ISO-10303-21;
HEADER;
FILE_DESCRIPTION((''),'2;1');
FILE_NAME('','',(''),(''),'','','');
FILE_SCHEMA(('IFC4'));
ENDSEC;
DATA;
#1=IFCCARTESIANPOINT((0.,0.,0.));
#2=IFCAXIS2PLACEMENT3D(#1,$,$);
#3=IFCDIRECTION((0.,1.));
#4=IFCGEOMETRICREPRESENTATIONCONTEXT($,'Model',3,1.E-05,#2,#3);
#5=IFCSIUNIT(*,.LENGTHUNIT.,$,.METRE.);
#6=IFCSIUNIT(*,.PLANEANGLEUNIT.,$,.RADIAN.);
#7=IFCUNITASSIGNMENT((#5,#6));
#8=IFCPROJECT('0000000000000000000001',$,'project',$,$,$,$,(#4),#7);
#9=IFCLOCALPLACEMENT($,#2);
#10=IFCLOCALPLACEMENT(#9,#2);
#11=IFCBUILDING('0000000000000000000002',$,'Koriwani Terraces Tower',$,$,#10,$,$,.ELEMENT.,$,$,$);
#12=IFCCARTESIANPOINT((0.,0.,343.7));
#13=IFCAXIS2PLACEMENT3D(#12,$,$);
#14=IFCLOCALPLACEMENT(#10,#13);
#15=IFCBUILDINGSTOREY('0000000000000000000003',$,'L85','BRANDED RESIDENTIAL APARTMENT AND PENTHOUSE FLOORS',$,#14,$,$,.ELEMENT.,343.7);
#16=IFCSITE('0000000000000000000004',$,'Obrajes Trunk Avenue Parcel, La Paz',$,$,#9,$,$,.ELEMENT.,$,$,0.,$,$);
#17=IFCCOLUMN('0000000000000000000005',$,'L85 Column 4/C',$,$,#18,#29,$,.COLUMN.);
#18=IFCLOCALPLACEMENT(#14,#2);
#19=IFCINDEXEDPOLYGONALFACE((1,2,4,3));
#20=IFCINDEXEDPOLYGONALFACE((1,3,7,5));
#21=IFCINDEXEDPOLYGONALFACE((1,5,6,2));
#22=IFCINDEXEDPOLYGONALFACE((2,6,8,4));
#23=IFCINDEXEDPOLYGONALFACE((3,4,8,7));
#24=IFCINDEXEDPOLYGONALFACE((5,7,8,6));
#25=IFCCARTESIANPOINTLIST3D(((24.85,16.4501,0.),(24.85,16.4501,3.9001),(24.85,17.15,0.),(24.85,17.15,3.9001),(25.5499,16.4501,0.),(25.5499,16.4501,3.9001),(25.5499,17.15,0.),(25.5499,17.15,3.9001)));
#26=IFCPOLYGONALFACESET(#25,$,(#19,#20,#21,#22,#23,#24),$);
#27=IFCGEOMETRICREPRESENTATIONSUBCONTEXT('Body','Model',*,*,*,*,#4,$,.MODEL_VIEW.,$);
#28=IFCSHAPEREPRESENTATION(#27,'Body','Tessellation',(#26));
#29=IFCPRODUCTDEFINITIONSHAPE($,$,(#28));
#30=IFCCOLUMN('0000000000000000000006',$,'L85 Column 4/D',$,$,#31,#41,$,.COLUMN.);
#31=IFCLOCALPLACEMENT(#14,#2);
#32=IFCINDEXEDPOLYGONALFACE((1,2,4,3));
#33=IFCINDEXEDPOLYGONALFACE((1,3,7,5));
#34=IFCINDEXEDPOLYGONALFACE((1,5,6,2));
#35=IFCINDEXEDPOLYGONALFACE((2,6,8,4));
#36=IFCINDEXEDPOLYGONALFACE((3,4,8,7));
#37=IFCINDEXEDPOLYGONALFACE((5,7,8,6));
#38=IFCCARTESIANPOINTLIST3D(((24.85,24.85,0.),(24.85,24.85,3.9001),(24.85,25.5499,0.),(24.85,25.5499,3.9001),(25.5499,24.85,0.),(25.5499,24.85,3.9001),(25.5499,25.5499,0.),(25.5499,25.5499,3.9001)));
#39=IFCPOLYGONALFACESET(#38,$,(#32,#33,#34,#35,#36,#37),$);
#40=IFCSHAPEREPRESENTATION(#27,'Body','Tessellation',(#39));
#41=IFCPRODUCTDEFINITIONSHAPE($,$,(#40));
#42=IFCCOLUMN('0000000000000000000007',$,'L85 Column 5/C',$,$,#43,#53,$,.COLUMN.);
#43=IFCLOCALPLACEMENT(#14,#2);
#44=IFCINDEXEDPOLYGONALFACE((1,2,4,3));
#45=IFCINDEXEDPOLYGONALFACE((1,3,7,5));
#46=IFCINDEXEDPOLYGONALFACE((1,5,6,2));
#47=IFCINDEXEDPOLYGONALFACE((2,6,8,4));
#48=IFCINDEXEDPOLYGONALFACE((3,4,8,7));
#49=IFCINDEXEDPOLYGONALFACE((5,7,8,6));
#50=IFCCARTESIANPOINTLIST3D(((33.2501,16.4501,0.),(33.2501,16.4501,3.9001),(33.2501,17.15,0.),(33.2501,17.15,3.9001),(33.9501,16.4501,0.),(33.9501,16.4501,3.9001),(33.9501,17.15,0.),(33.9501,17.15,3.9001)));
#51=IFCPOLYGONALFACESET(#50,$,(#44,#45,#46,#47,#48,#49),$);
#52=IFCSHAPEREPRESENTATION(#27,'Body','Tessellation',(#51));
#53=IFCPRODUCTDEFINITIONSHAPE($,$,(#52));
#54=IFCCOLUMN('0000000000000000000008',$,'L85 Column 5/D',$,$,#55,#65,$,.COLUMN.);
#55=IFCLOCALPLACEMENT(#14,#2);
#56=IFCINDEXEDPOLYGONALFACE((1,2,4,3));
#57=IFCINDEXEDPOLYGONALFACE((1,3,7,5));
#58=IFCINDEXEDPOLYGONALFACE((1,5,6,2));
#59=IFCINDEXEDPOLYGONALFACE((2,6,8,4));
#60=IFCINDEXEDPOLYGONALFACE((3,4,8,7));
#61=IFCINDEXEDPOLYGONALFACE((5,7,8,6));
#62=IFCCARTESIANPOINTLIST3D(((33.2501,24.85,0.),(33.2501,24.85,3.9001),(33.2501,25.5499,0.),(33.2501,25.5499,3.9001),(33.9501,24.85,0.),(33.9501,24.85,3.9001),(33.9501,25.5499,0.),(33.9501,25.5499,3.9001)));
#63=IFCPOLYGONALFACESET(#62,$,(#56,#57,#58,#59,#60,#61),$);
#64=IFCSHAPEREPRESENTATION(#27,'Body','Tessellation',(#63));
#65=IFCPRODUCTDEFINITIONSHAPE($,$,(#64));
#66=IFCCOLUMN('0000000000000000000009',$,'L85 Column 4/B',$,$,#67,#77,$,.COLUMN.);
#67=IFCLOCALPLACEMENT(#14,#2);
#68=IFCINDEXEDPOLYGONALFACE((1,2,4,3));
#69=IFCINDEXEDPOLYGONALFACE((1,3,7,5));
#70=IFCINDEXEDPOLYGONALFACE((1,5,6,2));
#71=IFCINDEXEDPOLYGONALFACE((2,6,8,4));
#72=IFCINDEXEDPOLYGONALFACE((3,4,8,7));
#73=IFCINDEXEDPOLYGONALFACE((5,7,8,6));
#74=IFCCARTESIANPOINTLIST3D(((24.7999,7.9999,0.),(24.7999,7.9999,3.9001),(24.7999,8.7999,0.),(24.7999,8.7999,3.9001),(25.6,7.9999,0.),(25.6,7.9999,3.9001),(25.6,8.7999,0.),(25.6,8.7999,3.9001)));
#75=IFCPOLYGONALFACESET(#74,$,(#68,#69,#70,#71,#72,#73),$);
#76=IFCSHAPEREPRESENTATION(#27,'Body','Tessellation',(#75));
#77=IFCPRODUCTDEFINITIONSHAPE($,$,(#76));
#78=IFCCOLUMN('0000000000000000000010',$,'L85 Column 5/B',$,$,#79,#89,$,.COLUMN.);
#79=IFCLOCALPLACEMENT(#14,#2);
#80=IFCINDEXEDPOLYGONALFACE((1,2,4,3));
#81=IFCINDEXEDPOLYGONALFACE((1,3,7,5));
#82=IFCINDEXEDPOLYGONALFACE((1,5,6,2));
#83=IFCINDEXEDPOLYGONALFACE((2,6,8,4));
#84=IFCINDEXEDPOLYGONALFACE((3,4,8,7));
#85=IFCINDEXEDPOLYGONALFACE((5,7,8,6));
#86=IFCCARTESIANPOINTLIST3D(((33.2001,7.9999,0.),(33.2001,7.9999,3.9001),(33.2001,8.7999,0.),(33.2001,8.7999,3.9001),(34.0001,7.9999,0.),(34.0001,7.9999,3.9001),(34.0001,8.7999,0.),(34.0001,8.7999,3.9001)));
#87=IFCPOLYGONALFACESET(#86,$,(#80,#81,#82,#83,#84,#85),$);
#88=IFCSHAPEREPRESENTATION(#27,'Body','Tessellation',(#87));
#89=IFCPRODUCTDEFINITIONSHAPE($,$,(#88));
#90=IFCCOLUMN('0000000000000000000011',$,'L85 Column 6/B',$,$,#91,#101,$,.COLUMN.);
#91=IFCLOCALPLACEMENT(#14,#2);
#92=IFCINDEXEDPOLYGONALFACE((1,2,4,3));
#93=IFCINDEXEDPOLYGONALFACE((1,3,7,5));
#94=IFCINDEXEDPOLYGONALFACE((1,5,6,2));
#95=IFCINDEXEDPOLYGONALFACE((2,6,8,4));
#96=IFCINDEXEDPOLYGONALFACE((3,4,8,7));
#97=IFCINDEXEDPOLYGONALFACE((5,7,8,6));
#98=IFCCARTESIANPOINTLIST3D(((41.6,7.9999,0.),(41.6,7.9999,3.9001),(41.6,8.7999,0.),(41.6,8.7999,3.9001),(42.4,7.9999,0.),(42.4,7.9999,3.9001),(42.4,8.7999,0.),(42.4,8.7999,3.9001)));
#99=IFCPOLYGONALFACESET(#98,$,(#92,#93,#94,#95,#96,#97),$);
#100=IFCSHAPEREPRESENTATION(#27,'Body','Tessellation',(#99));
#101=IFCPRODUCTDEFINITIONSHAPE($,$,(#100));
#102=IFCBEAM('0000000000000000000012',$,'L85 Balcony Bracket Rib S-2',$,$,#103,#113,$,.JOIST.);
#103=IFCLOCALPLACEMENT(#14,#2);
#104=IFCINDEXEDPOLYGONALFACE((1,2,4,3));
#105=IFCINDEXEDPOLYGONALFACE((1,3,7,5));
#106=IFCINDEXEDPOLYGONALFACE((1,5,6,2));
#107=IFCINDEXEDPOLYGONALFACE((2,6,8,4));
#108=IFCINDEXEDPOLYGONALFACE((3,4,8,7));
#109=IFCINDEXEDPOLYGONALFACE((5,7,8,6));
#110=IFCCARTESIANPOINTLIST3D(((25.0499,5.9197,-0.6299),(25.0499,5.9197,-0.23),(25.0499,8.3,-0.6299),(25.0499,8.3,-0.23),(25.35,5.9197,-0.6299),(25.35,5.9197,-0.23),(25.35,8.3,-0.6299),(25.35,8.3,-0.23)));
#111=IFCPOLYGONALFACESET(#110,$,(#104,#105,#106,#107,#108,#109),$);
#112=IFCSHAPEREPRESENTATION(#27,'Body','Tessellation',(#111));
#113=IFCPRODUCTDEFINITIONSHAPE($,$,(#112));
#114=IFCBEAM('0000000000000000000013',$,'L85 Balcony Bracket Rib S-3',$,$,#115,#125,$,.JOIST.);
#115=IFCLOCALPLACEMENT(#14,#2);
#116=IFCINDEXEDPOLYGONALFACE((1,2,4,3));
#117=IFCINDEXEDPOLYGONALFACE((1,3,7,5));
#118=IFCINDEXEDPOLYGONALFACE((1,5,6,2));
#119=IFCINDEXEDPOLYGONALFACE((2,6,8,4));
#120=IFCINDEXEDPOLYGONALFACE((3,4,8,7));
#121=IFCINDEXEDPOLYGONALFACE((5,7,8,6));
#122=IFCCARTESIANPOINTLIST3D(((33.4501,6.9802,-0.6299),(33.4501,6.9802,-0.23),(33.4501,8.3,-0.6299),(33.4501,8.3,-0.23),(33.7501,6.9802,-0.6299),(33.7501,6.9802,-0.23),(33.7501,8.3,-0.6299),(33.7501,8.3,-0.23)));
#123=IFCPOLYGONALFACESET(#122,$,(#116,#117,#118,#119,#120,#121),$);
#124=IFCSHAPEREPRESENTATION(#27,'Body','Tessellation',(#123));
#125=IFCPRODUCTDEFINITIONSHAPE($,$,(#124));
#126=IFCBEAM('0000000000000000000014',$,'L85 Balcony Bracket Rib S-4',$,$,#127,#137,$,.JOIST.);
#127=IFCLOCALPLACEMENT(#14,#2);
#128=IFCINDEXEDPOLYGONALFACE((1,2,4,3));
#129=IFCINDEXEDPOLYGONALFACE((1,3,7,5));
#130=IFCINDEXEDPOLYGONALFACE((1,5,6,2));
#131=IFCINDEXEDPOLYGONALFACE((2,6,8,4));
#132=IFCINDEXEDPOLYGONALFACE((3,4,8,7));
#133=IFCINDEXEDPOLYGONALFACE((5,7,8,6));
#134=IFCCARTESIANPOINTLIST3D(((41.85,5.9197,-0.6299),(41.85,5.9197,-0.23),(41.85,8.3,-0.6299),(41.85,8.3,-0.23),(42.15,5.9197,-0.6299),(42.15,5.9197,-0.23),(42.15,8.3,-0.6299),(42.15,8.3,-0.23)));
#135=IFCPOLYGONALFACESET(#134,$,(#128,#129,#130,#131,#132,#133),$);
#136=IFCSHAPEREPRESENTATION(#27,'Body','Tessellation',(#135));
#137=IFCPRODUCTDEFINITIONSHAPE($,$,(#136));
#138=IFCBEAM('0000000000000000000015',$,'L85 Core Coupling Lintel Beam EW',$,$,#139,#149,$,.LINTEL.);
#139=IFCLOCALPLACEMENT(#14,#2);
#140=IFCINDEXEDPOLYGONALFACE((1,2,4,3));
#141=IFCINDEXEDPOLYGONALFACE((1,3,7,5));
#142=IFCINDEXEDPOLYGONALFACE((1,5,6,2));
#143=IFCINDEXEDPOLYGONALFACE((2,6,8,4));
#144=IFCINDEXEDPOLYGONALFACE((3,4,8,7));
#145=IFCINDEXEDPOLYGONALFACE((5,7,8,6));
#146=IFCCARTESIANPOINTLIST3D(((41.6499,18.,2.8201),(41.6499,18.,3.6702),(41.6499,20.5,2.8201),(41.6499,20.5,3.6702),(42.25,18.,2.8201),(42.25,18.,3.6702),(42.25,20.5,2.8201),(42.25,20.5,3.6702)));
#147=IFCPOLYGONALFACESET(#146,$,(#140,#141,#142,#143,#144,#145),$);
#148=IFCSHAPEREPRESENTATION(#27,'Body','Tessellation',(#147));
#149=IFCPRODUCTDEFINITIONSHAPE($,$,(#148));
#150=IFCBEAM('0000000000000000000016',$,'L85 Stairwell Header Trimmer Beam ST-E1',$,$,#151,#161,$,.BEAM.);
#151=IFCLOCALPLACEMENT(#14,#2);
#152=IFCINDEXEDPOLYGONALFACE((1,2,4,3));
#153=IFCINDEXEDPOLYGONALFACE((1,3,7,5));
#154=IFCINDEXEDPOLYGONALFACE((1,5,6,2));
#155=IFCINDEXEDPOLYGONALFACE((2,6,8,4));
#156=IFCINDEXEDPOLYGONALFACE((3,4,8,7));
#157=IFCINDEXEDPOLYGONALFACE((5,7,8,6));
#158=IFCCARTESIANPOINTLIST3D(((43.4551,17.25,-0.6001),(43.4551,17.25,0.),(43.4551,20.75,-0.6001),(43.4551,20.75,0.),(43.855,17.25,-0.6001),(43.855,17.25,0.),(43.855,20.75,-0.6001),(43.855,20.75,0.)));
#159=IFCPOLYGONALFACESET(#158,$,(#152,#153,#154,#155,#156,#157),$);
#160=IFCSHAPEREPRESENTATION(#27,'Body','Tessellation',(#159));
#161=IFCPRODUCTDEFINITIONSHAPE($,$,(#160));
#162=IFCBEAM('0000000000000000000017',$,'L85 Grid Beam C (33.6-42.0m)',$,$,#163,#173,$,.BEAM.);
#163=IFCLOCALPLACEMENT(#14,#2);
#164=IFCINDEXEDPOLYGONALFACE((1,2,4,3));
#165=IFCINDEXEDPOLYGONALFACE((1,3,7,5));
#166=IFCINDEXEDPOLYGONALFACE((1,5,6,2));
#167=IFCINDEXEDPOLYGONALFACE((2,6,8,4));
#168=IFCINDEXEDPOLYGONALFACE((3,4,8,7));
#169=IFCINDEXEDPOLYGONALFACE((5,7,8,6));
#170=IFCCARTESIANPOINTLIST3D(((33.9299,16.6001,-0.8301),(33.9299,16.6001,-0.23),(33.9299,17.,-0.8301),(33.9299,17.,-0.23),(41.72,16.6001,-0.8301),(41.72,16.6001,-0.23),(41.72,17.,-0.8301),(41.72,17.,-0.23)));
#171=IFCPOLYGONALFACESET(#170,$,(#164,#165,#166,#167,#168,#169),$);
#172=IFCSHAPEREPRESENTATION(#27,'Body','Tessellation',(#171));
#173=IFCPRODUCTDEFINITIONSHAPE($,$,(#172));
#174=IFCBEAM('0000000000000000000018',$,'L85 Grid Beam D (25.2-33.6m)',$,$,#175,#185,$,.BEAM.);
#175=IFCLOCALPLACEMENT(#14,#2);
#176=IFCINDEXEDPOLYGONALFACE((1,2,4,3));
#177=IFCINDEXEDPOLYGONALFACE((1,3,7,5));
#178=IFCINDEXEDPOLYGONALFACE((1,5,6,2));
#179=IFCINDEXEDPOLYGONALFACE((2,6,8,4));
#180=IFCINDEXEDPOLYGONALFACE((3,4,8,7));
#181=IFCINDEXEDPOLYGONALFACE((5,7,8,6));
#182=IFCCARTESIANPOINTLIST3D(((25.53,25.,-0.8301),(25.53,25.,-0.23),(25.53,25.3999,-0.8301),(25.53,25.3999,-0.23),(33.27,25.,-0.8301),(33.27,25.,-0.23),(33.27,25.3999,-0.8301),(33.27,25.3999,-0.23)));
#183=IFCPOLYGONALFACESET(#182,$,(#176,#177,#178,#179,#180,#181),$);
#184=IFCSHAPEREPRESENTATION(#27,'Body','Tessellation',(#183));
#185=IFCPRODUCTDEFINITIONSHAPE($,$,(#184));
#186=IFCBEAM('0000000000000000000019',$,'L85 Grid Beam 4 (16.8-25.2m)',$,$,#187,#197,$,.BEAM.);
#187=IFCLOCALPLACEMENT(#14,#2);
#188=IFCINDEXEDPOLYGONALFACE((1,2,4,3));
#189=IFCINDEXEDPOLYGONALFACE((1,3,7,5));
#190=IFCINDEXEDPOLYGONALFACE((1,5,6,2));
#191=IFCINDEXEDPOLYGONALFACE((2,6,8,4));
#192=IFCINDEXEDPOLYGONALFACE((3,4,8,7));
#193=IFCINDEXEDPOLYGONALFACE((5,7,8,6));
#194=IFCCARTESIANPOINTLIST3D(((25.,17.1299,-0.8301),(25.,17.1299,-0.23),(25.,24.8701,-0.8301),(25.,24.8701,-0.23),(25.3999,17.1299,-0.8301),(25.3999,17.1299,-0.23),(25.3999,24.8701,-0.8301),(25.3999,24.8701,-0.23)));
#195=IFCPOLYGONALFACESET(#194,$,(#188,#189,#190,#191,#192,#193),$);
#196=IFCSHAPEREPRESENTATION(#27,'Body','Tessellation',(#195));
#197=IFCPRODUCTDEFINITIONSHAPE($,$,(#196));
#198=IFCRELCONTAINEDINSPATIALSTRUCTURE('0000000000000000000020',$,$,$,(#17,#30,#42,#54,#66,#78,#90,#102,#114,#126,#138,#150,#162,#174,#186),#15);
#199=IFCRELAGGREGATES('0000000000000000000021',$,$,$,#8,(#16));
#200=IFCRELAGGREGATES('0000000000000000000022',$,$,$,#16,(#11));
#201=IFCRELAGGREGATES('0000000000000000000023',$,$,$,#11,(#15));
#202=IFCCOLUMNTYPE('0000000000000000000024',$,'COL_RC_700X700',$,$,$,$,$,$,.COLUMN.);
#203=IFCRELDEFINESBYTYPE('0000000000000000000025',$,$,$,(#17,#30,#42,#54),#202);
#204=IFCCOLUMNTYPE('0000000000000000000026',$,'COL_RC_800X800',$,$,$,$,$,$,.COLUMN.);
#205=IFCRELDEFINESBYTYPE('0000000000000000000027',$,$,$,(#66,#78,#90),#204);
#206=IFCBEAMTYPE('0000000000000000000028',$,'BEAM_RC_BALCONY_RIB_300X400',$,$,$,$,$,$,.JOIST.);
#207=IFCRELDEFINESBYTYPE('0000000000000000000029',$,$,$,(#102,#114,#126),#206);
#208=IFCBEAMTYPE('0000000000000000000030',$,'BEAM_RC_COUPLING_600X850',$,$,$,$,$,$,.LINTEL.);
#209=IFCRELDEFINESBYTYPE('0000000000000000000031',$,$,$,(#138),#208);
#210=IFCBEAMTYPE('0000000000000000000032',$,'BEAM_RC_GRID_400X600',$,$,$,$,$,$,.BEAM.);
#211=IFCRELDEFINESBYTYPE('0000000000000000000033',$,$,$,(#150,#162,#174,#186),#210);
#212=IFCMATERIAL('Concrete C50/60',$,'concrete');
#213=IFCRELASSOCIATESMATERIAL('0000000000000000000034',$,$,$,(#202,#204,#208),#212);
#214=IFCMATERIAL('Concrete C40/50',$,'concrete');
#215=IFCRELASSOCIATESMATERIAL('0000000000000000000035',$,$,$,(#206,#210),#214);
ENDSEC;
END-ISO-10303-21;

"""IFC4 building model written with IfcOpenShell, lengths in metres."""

from ifc_helpers import new_model, si_unit, direction, frame, origin, origin_2d, place, context, subcontext, project, spatial, rectangle, extrude, material, material_profile, profile_set, type_object, element, save


model = new_model("IFC4")

# Units and contexts
model_context = context("Model", 3, precision=1e-05, world=origin(), true_north=direction((0.0, 1.0)))
body_context = subcontext(model_context, "Body", "Model", "MODEL_VIEW")
ifc_project = project(units=[si_unit("LENGTHUNIT", "METRE"), si_unit("PLANEANGLEUNIT", "RADIAN")], contexts=[model_context])

# Site, building, storey
site_placement = place(None, origin())
site = spatial("IfcSite", under=ifc_project, at=site_placement, Name="Obrajes Trunk Avenue Parcel, La Paz", CompositionType="ELEMENT", RefElevation=0.0)
building_placement = place(site_placement, origin())
building = spatial("IfcBuilding", under=site, at=building_placement, Name="Koriwani Terraces Tower", CompositionType="ELEMENT")
storey_placement = place(building_placement, frame((0.0, 0.0, 343.7)))
storey = spatial("IfcBuildingStorey", under=building, at=storey_placement, Name="L85", Description="BRANDED RESIDENTIAL APARTMENT AND PENTHOUSE FLOORS", CompositionType="ELEMENT", Elevation=343.7)

# Columns
ifc_material_1 = material(Name="Concrete C50/60", Category="concrete")
ifc_material_profile_1 = material_profile(ifc_material_1, rectangle(XDim=0.7, YDim=0.7, at=origin_2d()), Name="Concrete C50/60", Category="LoadBearing")
ifc_profile_set_1 = profile_set([ifc_material_profile_1], Name="Concrete C50/60")
column_type_1 = type_object("IfcColumnType", Name="COL_RC_700X700", PredefinedType="COLUMN", material=ifc_profile_set_1)
for number, where, z_axis, x_axis, name in (
    (1, (25.2, 16.8, 0.0), (0.0, 0.0, 1.0), (1.0, 0.0, 0.0), "L85 Column 4/C"),
    (2, (25.2, 25.2, 0.0), (0.0, 0.0, 1.0), (1.0, 0.0, 0.0), "L85 Column 4/D"),
    (3, (33.6001, 16.8, 0.0), (0.0, 0.0, 1.0), (1.0, 0.0, 0.0), "L85 Column 5/C"),
    (4, (33.6001, 25.2, 0.0), (0.0, 0.0, 1.0), (1.0, 0.0, 0.0), "L85 Column 5/D"),
):
    element("IfcColumn", number, at=place(storey_placement, frame(where, z_axis=z_axis, x_axis=x_axis)), inside=storey, type_object=column_type_1, Name=name, PredefinedType="COLUMN", context=body_context, shape_type="SweptSolid", body=[
        extrude(rectangle(XDim=0.7, YDim=0.7, at=origin_2d()), origin(), (0.0, 0.0, 1.0), 3.9001),
    ])
ifc_material_profile_2 = material_profile(ifc_material_1, rectangle(XDim=0.8, YDim=0.8, at=origin_2d()), Name="Concrete C50/60", Category="LoadBearing")
ifc_profile_set_2 = profile_set([ifc_material_profile_2], Name="Concrete C50/60")
column_type_2 = type_object("IfcColumnType", Name="COL_RC_800X800", PredefinedType="COLUMN", material=ifc_profile_set_2)
for number, where, z_axis, x_axis, name in (
    (5, (25.2, 8.3999, 0.0), (0.0, 0.0, 1.0), (1.0, 0.0, 0.0), "L85 Column 4/B"),
    (6, (33.6001, 8.3999, 0.0), (0.0, 0.0, 1.0), (1.0, 0.0, 0.0), "L85 Column 5/B"),
    (7, (42.0, 8.3999, 0.0), (0.0, 0.0, 1.0), (1.0, 0.0, 0.0), "L85 Column 6/B"),
):
    element("IfcColumn", number, at=place(storey_placement, frame(where, z_axis=z_axis, x_axis=x_axis)), inside=storey, type_object=column_type_2, Name=name, PredefinedType="COLUMN", context=body_context, shape_type="SweptSolid", body=[
        extrude(rectangle(XDim=0.8, YDim=0.8, at=origin_2d()), origin(), (0.0, 0.0, 1.0), 3.9001),
    ])

# Beams
ifc_material_2 = material(Name="Concrete C40/50", Category="concrete")
ifc_material_profile_3 = material_profile(ifc_material_2, rectangle(XDim=0.3, YDim=0.3999, at=origin_2d()), Name="Concrete C40/50", Category="LoadBearing")
ifc_profile_set_3 = profile_set([ifc_material_profile_3], Name="Concrete C40/50")
beam_type_1 = type_object("IfcBeamType", Name="BEAM_RC_BALCONY_RIB_300X400", PredefinedType="JOIST", material=ifc_profile_set_3)
beam_1_placement = place(storey_placement, frame((25.2, 5.9197, -0.4299), z_axis=(0.0, 1.0, 0.0), x_axis=(-1.0, 0.0, 0.0)))
element("IfcBeam", 8, at=beam_1_placement, inside=storey, type_object=beam_type_1, Name="L85 Balcony Bracket Rib S-2", PredefinedType="JOIST", context=body_context, shape_type="SweptSolid", body=[
    extrude(rectangle(XDim=0.3, YDim=0.3999, at=origin_2d()), origin(), (0.0, 0.0, 1.0), 2.3804),
])
beam_2_placement = place(storey_placement, frame((33.6001, 6.9802, -0.4299), z_axis=(0.0, 1.0, 0.0), x_axis=(-1.0, 0.0, 0.0)))
element("IfcBeam", 9, at=beam_2_placement, inside=storey, type_object=beam_type_1, Name="L85 Balcony Bracket Rib S-3", PredefinedType="JOIST", context=body_context, shape_type="SweptSolid", body=[
    extrude(rectangle(XDim=0.3, YDim=0.3999, at=origin_2d()), origin(), (0.0, 0.0, 1.0), 1.3198),
])
beam_3_placement = place(storey_placement, frame((42.0, 5.9197, -0.4299), z_axis=(0.0, 1.0, 0.0), x_axis=(-1.0, 0.0, 0.0)))
element("IfcBeam", 10, at=beam_3_placement, inside=storey, type_object=beam_type_1, Name="L85 Balcony Bracket Rib S-4", PredefinedType="JOIST", context=body_context, shape_type="SweptSolid", body=[
    extrude(rectangle(XDim=0.3, YDim=0.3999, at=origin_2d()), origin(), (0.0, 0.0, 1.0), 2.3804),
])
ifc_material_profile_4 = material_profile(ifc_material_1, rectangle(XDim=0.6001, YDim=0.8501, at=origin_2d()), Name="Concrete C50/60", Category="LoadBearing")
ifc_profile_set_4 = profile_set([ifc_material_profile_4], Name="Concrete C50/60")
beam_type_2 = type_object("IfcBeamType", Name="BEAM_RC_COUPLING_600X850", PredefinedType="LINTEL", material=ifc_profile_set_4)
beam_4_placement = place(storey_placement, frame((41.95, 18.0, 3.2451), z_axis=(0.0, 1.0, 0.0), x_axis=(-1.0, 0.0, 0.0)))
element("IfcBeam", 11, at=beam_4_placement, inside=storey, type_object=beam_type_2, Name="L85 Core Coupling Lintel Beam EW", PredefinedType="LINTEL", context=body_context, shape_type="SweptSolid", body=[
    extrude(rectangle(XDim=0.6001, YDim=0.8501, at=origin_2d()), origin(), (0.0, 0.0, 1.0), 2.5),
])
ifc_material_profile_5 = material_profile(ifc_material_2, rectangle(XDim=0.3999, YDim=0.6001, at=origin_2d()), Name="Concrete C40/50", Category="LoadBearing")
ifc_profile_set_5 = profile_set([ifc_material_profile_5], Name="Concrete C40/50")
beam_type_3 = type_object("IfcBeamType", Name="BEAM_RC_GRID_400X600", PredefinedType="BEAM", material=ifc_profile_set_5)
beam_5_placement = place(storey_placement, frame((43.655, 17.25, -0.3), z_axis=(0.0, 1.0, 0.0), x_axis=(-1.0, 0.0, 0.0)))
element("IfcBeam", 12, at=beam_5_placement, inside=storey, type_object=beam_type_3, Name="L85 Stairwell Header Trimmer Beam ST-E1", PredefinedType="BEAM", context=body_context, shape_type="SweptSolid", body=[
    extrude(rectangle(XDim=0.3999, YDim=0.6001, at=origin_2d()), origin(), (0.0, 0.0, 1.0), 3.5),
])
beam_6_placement = place(storey_placement, frame((33.9299, 16.8, -0.53), z_axis=(1.0, 0.0, 0.0), x_axis=(0.0, 1.0, 0.0)))
element("IfcBeam", 13, at=beam_6_placement, inside=storey, type_object=beam_type_3, Name="L85 Grid Beam C (33.6-42.0m)", PredefinedType="BEAM", context=body_context, shape_type="SweptSolid", body=[
    extrude(rectangle(XDim=0.3999, YDim=0.6001, at=origin_2d()), origin(), (0.0, 0.0, 1.0), 7.79),
])
beam_7_placement = place(storey_placement, frame((25.53, 25.2, -0.53), z_axis=(1.0, 0.0, 0.0), x_axis=(0.0, 1.0, 0.0)))
element("IfcBeam", 14, at=beam_7_placement, inside=storey, type_object=beam_type_3, Name="L85 Grid Beam D (25.2-33.6m)", PredefinedType="BEAM", context=body_context, shape_type="SweptSolid", body=[
    extrude(rectangle(XDim=0.3999, YDim=0.6001, at=origin_2d()), origin(), (0.0, 0.0, 1.0), 7.74),
])
beam_8_placement = place(storey_placement, frame((25.2, 17.1299, -0.53), z_axis=(0.0, 1.0, 0.0), x_axis=(-1.0, 0.0, 0.0)))
element("IfcBeam", 15, at=beam_8_placement, inside=storey, type_object=beam_type_3, Name="L85 Grid Beam 4 (16.8-25.2m)", PredefinedType="BEAM", context=body_context, shape_type="SweptSolid", body=[
    extrude(rectangle(XDim=0.3999, YDim=0.6001, at=origin_2d()), origin(), (0.0, 0.0, 1.0), 7.7402),
])

save(model, "model.ifc")
